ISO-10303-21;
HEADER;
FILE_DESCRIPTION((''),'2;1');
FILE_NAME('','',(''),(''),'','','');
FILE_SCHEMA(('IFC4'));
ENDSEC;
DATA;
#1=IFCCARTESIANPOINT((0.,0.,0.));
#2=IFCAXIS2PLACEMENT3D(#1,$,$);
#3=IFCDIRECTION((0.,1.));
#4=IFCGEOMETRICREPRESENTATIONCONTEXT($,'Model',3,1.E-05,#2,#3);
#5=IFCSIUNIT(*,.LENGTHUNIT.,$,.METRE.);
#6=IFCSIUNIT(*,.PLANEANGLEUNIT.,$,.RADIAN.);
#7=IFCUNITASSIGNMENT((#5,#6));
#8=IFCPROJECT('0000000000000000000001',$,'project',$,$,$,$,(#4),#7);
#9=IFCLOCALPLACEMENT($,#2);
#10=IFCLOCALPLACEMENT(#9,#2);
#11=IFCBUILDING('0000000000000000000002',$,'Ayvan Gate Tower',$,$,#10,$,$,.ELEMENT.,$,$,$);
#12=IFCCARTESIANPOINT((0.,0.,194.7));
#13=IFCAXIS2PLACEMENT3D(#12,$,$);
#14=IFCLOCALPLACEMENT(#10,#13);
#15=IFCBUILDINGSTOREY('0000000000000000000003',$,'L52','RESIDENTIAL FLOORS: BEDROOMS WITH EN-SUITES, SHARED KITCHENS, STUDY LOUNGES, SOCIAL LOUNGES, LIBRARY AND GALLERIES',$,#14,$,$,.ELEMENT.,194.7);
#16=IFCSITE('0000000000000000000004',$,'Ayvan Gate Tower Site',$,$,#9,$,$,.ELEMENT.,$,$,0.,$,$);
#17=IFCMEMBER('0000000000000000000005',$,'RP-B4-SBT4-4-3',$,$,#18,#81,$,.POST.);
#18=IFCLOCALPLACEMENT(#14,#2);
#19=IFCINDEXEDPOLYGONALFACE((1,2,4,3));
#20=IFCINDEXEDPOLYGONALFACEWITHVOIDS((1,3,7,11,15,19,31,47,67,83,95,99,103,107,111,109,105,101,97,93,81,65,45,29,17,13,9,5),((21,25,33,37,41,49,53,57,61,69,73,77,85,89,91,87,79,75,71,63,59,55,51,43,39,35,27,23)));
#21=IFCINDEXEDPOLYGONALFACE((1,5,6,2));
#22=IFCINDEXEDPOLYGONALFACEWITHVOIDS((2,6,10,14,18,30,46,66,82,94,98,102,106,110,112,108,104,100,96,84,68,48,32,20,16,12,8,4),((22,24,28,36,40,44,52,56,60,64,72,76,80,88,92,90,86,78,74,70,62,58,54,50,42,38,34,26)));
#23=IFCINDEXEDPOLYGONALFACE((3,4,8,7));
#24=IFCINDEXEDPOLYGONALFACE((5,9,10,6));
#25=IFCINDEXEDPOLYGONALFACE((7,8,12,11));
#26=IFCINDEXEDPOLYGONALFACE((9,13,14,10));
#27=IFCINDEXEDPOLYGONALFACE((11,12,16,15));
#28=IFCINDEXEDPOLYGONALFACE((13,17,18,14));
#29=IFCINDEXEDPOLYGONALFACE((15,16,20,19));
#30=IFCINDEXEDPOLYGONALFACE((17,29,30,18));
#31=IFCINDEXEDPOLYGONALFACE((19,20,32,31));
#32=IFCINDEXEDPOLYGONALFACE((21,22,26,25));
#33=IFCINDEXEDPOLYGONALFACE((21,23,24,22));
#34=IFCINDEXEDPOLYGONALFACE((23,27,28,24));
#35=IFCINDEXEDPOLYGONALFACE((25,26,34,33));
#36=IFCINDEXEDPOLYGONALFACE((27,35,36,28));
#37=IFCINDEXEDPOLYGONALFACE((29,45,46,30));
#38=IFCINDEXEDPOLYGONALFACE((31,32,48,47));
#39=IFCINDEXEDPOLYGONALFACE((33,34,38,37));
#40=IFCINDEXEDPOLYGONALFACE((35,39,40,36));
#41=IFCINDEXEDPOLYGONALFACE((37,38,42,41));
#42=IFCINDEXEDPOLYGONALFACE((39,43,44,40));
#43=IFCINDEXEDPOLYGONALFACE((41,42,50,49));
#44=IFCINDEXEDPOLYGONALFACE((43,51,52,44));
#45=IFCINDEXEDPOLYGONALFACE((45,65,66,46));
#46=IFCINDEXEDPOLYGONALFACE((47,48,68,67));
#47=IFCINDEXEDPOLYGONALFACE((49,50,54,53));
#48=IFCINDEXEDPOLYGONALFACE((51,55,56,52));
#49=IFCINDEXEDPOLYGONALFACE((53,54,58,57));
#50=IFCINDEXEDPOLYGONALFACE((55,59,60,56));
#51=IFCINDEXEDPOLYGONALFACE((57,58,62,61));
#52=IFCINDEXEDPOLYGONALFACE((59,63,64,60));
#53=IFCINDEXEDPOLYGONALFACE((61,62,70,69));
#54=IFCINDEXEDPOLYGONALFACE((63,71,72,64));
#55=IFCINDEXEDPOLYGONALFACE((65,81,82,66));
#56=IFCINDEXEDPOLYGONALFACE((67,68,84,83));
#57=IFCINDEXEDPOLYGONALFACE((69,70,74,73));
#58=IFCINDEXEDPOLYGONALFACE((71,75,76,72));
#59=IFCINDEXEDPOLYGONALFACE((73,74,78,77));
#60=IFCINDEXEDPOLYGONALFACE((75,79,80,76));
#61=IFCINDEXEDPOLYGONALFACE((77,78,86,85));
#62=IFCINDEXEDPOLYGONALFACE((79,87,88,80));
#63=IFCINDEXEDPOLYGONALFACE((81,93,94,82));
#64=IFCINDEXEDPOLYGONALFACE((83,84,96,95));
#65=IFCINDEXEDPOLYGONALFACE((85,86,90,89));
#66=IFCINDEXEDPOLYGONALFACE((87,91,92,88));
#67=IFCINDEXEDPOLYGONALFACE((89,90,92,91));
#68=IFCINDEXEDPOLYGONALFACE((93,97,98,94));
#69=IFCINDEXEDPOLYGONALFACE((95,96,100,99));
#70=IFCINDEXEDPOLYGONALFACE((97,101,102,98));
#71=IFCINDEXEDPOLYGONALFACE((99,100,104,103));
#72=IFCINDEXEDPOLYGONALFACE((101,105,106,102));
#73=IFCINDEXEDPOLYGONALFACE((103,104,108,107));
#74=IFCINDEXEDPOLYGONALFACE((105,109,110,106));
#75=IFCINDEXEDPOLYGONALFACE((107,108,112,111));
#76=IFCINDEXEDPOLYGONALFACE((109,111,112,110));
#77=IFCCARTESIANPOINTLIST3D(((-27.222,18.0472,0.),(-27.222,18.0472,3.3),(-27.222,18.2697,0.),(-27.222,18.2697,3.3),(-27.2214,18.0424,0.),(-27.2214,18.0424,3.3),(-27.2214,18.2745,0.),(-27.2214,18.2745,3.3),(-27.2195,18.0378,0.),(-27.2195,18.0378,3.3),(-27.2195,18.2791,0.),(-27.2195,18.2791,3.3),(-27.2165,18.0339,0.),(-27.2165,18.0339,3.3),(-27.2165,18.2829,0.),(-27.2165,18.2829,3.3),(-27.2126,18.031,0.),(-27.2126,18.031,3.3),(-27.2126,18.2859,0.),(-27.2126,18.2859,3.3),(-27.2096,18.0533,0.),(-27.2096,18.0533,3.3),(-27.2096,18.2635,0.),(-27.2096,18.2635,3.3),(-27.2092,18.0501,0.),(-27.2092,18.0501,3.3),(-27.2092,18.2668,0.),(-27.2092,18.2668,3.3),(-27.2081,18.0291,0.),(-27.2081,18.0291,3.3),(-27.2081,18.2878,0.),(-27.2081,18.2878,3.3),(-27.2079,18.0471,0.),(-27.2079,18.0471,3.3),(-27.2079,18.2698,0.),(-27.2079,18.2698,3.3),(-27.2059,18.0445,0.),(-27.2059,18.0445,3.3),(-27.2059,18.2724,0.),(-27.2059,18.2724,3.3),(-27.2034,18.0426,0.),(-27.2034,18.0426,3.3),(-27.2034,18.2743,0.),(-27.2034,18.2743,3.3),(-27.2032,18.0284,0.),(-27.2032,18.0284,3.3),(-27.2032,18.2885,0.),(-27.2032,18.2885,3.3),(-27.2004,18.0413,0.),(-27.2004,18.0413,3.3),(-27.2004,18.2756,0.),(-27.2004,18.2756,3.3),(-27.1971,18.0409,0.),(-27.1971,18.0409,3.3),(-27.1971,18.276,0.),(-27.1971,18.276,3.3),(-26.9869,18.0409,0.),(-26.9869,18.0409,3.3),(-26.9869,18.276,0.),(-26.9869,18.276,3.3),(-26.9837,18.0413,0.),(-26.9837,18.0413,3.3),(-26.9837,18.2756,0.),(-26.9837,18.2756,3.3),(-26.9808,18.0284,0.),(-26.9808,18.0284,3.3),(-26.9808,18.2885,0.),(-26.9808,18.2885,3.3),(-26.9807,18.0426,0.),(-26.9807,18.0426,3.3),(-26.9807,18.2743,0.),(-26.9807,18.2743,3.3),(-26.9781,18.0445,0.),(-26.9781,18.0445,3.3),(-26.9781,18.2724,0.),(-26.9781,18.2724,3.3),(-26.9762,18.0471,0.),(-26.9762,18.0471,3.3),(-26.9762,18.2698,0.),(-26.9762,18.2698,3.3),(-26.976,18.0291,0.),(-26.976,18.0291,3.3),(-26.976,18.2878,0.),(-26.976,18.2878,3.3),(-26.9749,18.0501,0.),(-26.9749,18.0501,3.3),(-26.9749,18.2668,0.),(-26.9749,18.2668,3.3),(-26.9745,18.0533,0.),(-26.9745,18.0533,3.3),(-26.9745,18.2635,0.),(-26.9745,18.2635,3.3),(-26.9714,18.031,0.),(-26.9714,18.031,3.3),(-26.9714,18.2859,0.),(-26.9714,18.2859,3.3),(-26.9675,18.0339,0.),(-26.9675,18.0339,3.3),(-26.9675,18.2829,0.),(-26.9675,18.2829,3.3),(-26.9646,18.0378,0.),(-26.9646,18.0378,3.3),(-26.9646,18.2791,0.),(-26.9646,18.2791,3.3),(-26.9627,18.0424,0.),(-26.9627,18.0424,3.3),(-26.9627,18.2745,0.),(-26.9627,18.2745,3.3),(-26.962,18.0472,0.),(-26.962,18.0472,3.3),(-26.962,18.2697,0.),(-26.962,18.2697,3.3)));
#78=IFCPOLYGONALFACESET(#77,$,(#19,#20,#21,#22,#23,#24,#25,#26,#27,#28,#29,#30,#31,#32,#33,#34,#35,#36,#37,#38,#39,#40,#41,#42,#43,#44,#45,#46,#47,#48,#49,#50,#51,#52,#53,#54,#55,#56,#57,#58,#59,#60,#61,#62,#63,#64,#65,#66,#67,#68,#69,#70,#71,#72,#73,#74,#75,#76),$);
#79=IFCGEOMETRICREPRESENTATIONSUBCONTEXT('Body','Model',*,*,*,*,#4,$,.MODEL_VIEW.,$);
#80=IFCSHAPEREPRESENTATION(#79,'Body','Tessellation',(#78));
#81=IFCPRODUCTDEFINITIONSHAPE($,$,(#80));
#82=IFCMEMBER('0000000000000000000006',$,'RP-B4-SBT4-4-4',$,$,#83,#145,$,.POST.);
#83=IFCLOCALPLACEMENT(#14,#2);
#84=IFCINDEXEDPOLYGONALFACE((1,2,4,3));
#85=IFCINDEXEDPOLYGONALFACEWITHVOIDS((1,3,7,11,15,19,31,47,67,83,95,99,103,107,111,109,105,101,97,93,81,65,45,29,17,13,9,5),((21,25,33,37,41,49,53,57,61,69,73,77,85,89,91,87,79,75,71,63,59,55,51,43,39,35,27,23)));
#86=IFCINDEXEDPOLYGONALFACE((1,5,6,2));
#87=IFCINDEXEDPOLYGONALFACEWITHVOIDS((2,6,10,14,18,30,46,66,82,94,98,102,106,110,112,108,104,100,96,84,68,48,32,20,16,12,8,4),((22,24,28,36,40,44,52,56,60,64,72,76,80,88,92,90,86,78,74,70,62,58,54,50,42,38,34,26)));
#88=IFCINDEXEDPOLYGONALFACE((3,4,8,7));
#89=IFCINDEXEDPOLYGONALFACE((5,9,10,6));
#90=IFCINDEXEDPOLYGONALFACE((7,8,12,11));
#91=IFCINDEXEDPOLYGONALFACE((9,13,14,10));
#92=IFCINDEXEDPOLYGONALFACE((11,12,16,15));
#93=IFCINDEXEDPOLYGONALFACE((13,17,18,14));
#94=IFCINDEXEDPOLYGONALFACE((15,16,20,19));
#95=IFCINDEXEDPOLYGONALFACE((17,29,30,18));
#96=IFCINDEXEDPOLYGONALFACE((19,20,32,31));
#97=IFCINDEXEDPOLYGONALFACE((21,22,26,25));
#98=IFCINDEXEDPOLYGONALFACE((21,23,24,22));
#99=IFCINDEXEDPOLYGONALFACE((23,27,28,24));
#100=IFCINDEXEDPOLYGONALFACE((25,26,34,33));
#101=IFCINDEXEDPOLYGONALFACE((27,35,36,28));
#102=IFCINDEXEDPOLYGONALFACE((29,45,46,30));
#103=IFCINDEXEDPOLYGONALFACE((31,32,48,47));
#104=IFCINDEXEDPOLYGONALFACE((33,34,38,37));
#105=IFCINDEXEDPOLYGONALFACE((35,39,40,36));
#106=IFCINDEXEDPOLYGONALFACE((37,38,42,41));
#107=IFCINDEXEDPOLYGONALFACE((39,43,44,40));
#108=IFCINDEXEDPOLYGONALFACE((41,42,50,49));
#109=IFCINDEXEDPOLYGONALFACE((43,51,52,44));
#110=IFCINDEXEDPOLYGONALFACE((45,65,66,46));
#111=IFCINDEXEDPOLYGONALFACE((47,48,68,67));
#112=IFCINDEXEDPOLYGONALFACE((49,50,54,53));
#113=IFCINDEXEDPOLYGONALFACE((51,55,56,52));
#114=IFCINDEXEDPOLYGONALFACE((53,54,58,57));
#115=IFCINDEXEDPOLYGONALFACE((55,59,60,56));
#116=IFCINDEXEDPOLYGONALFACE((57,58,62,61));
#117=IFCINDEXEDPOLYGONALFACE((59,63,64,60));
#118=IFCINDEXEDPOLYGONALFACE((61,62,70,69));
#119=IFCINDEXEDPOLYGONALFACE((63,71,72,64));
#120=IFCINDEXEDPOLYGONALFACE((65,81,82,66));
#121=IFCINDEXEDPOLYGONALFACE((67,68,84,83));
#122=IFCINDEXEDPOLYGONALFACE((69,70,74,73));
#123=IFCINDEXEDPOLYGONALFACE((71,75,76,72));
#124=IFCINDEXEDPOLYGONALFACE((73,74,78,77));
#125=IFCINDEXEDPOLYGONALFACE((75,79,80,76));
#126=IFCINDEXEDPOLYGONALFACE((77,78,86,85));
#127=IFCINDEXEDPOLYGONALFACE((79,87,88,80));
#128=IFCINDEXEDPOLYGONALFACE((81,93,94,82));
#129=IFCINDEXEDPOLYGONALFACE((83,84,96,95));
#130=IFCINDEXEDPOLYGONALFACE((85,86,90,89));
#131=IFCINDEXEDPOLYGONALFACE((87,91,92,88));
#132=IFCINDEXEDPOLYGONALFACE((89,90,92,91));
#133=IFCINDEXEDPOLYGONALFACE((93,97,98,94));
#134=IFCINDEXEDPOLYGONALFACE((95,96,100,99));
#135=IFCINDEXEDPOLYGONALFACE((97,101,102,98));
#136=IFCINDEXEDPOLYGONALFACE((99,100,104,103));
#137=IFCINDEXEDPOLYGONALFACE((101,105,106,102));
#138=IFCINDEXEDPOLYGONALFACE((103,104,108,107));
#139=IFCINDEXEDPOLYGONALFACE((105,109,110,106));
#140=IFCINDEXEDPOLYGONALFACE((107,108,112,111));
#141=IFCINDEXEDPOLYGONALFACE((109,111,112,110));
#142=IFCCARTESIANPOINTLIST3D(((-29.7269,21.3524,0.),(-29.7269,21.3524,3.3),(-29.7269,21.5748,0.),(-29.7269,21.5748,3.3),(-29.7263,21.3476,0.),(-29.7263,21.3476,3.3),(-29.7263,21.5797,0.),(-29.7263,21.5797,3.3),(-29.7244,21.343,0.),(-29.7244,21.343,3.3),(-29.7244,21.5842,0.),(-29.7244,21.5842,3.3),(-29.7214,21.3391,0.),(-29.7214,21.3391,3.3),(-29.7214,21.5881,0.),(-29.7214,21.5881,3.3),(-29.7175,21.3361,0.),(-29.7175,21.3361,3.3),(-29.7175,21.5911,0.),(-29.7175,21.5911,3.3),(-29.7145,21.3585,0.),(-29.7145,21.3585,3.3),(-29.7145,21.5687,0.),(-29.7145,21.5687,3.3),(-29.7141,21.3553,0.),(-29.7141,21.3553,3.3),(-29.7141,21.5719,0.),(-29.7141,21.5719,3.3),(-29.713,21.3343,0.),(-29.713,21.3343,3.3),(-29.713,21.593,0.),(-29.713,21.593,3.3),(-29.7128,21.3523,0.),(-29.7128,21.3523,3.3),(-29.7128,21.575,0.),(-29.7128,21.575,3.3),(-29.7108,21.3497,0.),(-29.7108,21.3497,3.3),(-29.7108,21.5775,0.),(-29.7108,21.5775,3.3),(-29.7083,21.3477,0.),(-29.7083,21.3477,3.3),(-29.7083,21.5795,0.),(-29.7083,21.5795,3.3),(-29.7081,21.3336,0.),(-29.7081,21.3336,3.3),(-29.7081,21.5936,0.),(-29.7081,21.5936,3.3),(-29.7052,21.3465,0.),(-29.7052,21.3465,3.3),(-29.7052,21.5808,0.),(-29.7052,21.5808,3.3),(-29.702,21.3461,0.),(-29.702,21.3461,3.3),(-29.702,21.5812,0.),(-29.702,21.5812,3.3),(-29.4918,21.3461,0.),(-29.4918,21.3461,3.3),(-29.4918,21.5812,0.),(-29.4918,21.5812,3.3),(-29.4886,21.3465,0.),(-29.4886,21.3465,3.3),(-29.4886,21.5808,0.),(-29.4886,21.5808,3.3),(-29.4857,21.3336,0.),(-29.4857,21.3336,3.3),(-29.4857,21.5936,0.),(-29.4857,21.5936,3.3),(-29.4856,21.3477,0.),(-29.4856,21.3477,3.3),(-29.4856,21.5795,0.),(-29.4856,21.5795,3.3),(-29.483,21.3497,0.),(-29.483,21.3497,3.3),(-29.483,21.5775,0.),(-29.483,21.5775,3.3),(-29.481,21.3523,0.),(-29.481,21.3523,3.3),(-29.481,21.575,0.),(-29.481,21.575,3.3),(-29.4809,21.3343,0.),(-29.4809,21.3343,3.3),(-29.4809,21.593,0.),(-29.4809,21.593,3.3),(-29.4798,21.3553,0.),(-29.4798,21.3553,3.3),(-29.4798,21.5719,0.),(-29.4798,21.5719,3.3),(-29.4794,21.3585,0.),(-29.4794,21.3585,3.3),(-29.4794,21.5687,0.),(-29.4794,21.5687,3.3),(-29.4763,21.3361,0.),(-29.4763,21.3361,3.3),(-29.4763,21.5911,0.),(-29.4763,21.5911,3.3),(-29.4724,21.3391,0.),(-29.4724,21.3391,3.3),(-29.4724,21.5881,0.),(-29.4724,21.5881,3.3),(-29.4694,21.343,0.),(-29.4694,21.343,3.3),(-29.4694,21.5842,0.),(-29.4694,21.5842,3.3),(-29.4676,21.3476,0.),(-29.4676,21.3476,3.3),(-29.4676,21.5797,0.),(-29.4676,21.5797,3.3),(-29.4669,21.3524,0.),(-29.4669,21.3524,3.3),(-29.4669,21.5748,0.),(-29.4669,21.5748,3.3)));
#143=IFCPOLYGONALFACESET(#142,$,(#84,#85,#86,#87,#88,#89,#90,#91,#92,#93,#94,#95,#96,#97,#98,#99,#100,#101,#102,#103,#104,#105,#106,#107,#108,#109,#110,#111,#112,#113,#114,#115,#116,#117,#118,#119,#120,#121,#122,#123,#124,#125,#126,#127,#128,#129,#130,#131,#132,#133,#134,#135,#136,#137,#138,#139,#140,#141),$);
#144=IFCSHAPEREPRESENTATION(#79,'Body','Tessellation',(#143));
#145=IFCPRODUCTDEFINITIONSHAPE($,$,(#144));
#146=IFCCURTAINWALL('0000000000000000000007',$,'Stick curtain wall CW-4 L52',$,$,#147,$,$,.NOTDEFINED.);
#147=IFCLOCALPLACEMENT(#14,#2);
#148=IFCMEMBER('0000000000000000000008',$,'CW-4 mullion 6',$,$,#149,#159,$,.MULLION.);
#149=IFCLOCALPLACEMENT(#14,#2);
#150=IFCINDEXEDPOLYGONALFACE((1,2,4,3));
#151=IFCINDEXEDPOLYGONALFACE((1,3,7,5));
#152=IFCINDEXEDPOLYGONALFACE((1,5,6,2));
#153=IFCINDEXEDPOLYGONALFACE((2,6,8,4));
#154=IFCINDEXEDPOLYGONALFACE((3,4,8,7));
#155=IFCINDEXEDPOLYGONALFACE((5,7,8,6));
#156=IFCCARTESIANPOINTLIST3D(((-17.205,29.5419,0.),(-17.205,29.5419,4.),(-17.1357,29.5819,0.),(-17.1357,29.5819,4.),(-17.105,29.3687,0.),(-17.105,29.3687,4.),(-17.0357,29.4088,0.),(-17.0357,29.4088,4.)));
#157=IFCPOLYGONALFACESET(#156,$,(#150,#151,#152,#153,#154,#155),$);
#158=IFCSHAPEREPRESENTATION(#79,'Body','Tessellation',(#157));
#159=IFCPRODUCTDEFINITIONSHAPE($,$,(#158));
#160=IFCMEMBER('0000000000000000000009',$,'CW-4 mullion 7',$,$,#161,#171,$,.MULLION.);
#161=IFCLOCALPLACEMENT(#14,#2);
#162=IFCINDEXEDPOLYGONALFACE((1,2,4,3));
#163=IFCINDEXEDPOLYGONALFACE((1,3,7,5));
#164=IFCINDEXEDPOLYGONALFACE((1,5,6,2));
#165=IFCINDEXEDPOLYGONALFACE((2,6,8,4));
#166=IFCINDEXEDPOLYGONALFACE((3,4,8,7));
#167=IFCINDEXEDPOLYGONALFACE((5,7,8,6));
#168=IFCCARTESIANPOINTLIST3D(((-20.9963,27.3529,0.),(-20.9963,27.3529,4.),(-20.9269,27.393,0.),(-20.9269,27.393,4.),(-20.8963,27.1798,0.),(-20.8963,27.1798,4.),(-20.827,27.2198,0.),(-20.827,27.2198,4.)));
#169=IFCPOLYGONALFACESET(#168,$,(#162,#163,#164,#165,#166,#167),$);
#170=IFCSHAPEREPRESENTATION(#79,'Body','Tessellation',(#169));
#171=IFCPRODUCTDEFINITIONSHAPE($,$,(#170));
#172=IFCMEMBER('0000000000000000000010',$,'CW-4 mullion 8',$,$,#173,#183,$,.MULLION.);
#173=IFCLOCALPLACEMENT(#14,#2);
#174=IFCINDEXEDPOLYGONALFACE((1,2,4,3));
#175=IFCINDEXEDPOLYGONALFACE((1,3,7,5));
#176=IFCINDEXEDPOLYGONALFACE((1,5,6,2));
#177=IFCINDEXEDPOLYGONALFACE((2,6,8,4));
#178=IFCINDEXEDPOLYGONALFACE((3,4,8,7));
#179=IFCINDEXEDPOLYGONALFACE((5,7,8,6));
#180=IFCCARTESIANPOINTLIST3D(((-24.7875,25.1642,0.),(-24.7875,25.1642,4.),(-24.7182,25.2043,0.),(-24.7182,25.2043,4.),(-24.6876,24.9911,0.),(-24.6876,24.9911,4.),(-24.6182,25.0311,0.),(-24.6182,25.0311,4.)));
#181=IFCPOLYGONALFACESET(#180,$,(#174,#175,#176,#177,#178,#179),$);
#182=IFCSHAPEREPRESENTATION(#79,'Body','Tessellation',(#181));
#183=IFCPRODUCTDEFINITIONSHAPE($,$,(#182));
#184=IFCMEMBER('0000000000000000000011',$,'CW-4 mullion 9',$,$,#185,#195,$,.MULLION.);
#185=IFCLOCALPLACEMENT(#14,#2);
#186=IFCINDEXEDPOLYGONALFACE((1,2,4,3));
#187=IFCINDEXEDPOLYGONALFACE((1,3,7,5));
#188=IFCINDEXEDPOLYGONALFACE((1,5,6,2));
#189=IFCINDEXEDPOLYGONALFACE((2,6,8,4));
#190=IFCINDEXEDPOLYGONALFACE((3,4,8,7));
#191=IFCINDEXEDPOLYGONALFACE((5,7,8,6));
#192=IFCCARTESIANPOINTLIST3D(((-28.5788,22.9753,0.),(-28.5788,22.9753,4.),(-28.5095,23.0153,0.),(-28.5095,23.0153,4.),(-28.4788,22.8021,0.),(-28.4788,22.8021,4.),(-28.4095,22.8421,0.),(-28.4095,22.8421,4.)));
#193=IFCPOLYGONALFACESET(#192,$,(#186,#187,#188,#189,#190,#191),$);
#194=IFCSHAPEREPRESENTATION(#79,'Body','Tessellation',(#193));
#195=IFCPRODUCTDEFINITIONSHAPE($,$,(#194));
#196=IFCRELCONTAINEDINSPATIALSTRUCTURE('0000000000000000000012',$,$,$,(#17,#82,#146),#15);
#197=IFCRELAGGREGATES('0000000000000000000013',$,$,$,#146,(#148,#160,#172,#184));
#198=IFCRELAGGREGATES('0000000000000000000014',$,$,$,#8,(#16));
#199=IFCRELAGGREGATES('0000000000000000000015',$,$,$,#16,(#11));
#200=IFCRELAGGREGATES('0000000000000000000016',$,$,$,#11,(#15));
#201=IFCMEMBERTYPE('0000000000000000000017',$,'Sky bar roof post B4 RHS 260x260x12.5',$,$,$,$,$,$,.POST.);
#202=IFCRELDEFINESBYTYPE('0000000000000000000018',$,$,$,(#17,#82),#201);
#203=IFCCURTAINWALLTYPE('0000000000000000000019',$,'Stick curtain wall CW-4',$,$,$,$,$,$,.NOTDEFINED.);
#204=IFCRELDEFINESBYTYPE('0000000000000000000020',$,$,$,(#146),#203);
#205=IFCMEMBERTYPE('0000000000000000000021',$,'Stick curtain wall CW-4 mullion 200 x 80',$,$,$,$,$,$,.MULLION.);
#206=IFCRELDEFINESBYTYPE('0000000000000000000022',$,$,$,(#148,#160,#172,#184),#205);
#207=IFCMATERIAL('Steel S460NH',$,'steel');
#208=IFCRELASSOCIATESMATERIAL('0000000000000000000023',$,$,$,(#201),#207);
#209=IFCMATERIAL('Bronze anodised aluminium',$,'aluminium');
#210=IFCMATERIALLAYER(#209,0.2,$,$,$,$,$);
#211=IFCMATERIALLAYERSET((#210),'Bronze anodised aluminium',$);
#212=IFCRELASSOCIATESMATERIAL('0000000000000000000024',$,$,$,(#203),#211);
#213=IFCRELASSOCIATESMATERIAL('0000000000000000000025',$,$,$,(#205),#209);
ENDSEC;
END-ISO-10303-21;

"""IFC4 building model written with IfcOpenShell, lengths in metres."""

from ifc_helpers import new_model, si_unit, direction, frame, origin, origin_2d, place, context, subcontext, project, spatial, rectangle, hollow_rectangle, extrude, material, layer, layer_set, material_profile, profile_set, type_object, element, aggregate, save


model = new_model("IFC4")

# Units and contexts
model_context = context("Model", 3, precision=1e-05, world=origin(), true_north=direction((0.0, 1.0)))
body_context = subcontext(model_context, "Body", "Model", "MODEL_VIEW")
ifc_project = project(units=[si_unit("LENGTHUNIT", "METRE"), si_unit("PLANEANGLEUNIT", "RADIAN")], contexts=[model_context])

# Site, building, storey
site_placement = place(None, origin())
site = spatial("IfcSite", under=ifc_project, at=site_placement, Name="Ayvan Gate Tower Site", CompositionType="ELEMENT", RefElevation=0.0)
building_placement = place(site_placement, origin())
building = spatial("IfcBuilding", under=site, at=building_placement, Name="Ayvan Gate Tower", CompositionType="ELEMENT")
storey_placement = place(building_placement, frame((0.0, 0.0, 194.7)))
storey = spatial("IfcBuildingStorey", under=building, at=storey_placement, Name="L52", Description="RESIDENTIAL FLOORS: BEDROOMS WITH EN-SUITES, SHARED KITCHENS, STUDY LOUNGES, SOCIAL LOUNGES, LIBRARY AND GALLERIES", CompositionType="ELEMENT", Elevation=194.7)

# Members
ifc_material_1 = material(Name="Steel S460NH", Category="steel")
ifc_material_profile_1 = material_profile(ifc_material_1, hollow_rectangle(XDim=0.26, YDim=0.26, WallThickness=0.0125, InnerFilletRadius=0.0125, OuterFilletRadius=0.0188, at=origin_2d()), Name="RHS 260x260x12.5")
ifc_profile_set_1 = profile_set([ifc_material_profile_1], Name="Steel S460NH")
member_type_1 = type_object("IfcMemberType", Name="Sky bar roof post B4 RHS 260x260x12.5", PredefinedType="POST", material=ifc_profile_set_1)
for number, where, z_axis, x_axis, name in (
    (1, (-27.092, 18.1584, 0.0), (0.0, 0.0, 1.0), (1.0, 0.0, 0.0), "RP-B4-SBT4-4-3"),
    (2, (-29.5969, 21.4636, 0.0), (0.0, 0.0, 1.0), (1.0, 0.0, 0.0), "RP-B4-SBT4-4-4"),
):
    element("IfcMember", number, at=place(storey_placement, frame(where, z_axis=z_axis, x_axis=x_axis)), inside=storey, type_object=member_type_1, Name=name, PredefinedType="POST", context=body_context, shape_type="SweptSolid", body=[
        extrude(hollow_rectangle(XDim=0.26, YDim=0.26, WallThickness=0.0125, InnerFilletRadius=0.0125, OuterFilletRadius=0.0188, at=origin_2d()), origin(), (0.0, 0.0, 1.0), 3.3),
    ])

# Curtain wall, members
ifc_material_2 = material(Name="Bronze anodised aluminium", Category="aluminium")
ifc_layer_1 = layer(ifc_material_2, 0.2)
ifc_layer_set_1 = layer_set([ifc_layer_1], Name="Bronze anodised aluminium")
curtain_wall_type = type_object("IfcCurtainWallType", Name="Stick curtain wall CW-4", PredefinedType="NOTDEFINED", material=ifc_layer_set_1)
curtain_wall_1_placement = place(storey_placement, origin())
curtain_wall_1 = element("IfcCurtainWall", 3, at=curtain_wall_1_placement, inside=storey, type_object=curtain_wall_type, Name="Stick curtain wall CW-4 L52", PredefinedType="NOTDEFINED")
ifc_material_profile_2 = material_profile(ifc_material_2, rectangle(XDim=0.2, YDim=0.0801, at=origin_2d()), Name="Stick curtain wall CW-4 mullion 200 x 80")
ifc_profile_set_2 = profile_set([ifc_material_profile_2], Name="Bronze anodised aluminium")
member_type_2 = type_object("IfcMemberType", Name="Stick curtain wall CW-4 mullion 200 x 80", PredefinedType="MULLION", material=ifc_profile_set_2)
member_1_placement = place(storey_placement, frame((-17.1204, 29.4753, 0.0), z_axis=(0.0, 0.0, 1.0), x_axis=(-0.5, 0.866025, 0.0)))
member_1 = element("IfcMember", 4, at=member_1_placement, type_object=member_type_2, Name="CW-4 mullion 6", PredefinedType="MULLION", context=body_context, shape_type="SweptSolid", body=[
    extrude(rectangle(XDim=0.2, YDim=0.0801, at=origin_2d()), origin(), (0.0, 0.0, 1.0), 4.0),
])
member_2_placement = place(storey_placement, frame((-20.9116, 27.2864, 0.0), z_axis=(0.0, 0.0, 1.0), x_axis=(-0.5, 0.866025, 0.0)))
member_2 = element("IfcMember", 5, at=member_2_placement, type_object=member_type_2, Name="CW-4 mullion 7", PredefinedType="MULLION", context=body_context, shape_type="SweptSolid", body=[
    extrude(rectangle(XDim=0.2, YDim=0.0801, at=origin_2d()), origin(), (0.0, 0.0, 1.0), 4.0),
])
member_3_placement = place(storey_placement, frame((-24.7029, 25.0977, 0.0), z_axis=(0.0, 0.0, 1.0), x_axis=(-0.5, 0.866025, 0.0)))
member_3 = element("IfcMember", 6, at=member_3_placement, type_object=member_type_2, Name="CW-4 mullion 8", PredefinedType="MULLION", context=body_context, shape_type="SweptSolid", body=[
    extrude(rectangle(XDim=0.2, YDim=0.0801, at=origin_2d()), origin(), (0.0, 0.0, 1.0), 4.0),
])
member_4_placement = place(storey_placement, frame((-28.4941, 22.9087, 0.0), z_axis=(0.0, 0.0, 1.0), x_axis=(-0.5, 0.866025, 0.0)))
member_4 = element("IfcMember", 7, at=member_4_placement, type_object=member_type_2, Name="CW-4 mullion 9", PredefinedType="MULLION", context=body_context, shape_type="SweptSolid", body=[
    extrude(rectangle(XDim=0.2, YDim=0.0801, at=origin_2d()), origin(), (0.0, 0.0, 1.0), 4.0),
])

aggregate(curtain_wall_1, [member_1, member_2, member_3, member_4])

save(model, "model.ifc")
